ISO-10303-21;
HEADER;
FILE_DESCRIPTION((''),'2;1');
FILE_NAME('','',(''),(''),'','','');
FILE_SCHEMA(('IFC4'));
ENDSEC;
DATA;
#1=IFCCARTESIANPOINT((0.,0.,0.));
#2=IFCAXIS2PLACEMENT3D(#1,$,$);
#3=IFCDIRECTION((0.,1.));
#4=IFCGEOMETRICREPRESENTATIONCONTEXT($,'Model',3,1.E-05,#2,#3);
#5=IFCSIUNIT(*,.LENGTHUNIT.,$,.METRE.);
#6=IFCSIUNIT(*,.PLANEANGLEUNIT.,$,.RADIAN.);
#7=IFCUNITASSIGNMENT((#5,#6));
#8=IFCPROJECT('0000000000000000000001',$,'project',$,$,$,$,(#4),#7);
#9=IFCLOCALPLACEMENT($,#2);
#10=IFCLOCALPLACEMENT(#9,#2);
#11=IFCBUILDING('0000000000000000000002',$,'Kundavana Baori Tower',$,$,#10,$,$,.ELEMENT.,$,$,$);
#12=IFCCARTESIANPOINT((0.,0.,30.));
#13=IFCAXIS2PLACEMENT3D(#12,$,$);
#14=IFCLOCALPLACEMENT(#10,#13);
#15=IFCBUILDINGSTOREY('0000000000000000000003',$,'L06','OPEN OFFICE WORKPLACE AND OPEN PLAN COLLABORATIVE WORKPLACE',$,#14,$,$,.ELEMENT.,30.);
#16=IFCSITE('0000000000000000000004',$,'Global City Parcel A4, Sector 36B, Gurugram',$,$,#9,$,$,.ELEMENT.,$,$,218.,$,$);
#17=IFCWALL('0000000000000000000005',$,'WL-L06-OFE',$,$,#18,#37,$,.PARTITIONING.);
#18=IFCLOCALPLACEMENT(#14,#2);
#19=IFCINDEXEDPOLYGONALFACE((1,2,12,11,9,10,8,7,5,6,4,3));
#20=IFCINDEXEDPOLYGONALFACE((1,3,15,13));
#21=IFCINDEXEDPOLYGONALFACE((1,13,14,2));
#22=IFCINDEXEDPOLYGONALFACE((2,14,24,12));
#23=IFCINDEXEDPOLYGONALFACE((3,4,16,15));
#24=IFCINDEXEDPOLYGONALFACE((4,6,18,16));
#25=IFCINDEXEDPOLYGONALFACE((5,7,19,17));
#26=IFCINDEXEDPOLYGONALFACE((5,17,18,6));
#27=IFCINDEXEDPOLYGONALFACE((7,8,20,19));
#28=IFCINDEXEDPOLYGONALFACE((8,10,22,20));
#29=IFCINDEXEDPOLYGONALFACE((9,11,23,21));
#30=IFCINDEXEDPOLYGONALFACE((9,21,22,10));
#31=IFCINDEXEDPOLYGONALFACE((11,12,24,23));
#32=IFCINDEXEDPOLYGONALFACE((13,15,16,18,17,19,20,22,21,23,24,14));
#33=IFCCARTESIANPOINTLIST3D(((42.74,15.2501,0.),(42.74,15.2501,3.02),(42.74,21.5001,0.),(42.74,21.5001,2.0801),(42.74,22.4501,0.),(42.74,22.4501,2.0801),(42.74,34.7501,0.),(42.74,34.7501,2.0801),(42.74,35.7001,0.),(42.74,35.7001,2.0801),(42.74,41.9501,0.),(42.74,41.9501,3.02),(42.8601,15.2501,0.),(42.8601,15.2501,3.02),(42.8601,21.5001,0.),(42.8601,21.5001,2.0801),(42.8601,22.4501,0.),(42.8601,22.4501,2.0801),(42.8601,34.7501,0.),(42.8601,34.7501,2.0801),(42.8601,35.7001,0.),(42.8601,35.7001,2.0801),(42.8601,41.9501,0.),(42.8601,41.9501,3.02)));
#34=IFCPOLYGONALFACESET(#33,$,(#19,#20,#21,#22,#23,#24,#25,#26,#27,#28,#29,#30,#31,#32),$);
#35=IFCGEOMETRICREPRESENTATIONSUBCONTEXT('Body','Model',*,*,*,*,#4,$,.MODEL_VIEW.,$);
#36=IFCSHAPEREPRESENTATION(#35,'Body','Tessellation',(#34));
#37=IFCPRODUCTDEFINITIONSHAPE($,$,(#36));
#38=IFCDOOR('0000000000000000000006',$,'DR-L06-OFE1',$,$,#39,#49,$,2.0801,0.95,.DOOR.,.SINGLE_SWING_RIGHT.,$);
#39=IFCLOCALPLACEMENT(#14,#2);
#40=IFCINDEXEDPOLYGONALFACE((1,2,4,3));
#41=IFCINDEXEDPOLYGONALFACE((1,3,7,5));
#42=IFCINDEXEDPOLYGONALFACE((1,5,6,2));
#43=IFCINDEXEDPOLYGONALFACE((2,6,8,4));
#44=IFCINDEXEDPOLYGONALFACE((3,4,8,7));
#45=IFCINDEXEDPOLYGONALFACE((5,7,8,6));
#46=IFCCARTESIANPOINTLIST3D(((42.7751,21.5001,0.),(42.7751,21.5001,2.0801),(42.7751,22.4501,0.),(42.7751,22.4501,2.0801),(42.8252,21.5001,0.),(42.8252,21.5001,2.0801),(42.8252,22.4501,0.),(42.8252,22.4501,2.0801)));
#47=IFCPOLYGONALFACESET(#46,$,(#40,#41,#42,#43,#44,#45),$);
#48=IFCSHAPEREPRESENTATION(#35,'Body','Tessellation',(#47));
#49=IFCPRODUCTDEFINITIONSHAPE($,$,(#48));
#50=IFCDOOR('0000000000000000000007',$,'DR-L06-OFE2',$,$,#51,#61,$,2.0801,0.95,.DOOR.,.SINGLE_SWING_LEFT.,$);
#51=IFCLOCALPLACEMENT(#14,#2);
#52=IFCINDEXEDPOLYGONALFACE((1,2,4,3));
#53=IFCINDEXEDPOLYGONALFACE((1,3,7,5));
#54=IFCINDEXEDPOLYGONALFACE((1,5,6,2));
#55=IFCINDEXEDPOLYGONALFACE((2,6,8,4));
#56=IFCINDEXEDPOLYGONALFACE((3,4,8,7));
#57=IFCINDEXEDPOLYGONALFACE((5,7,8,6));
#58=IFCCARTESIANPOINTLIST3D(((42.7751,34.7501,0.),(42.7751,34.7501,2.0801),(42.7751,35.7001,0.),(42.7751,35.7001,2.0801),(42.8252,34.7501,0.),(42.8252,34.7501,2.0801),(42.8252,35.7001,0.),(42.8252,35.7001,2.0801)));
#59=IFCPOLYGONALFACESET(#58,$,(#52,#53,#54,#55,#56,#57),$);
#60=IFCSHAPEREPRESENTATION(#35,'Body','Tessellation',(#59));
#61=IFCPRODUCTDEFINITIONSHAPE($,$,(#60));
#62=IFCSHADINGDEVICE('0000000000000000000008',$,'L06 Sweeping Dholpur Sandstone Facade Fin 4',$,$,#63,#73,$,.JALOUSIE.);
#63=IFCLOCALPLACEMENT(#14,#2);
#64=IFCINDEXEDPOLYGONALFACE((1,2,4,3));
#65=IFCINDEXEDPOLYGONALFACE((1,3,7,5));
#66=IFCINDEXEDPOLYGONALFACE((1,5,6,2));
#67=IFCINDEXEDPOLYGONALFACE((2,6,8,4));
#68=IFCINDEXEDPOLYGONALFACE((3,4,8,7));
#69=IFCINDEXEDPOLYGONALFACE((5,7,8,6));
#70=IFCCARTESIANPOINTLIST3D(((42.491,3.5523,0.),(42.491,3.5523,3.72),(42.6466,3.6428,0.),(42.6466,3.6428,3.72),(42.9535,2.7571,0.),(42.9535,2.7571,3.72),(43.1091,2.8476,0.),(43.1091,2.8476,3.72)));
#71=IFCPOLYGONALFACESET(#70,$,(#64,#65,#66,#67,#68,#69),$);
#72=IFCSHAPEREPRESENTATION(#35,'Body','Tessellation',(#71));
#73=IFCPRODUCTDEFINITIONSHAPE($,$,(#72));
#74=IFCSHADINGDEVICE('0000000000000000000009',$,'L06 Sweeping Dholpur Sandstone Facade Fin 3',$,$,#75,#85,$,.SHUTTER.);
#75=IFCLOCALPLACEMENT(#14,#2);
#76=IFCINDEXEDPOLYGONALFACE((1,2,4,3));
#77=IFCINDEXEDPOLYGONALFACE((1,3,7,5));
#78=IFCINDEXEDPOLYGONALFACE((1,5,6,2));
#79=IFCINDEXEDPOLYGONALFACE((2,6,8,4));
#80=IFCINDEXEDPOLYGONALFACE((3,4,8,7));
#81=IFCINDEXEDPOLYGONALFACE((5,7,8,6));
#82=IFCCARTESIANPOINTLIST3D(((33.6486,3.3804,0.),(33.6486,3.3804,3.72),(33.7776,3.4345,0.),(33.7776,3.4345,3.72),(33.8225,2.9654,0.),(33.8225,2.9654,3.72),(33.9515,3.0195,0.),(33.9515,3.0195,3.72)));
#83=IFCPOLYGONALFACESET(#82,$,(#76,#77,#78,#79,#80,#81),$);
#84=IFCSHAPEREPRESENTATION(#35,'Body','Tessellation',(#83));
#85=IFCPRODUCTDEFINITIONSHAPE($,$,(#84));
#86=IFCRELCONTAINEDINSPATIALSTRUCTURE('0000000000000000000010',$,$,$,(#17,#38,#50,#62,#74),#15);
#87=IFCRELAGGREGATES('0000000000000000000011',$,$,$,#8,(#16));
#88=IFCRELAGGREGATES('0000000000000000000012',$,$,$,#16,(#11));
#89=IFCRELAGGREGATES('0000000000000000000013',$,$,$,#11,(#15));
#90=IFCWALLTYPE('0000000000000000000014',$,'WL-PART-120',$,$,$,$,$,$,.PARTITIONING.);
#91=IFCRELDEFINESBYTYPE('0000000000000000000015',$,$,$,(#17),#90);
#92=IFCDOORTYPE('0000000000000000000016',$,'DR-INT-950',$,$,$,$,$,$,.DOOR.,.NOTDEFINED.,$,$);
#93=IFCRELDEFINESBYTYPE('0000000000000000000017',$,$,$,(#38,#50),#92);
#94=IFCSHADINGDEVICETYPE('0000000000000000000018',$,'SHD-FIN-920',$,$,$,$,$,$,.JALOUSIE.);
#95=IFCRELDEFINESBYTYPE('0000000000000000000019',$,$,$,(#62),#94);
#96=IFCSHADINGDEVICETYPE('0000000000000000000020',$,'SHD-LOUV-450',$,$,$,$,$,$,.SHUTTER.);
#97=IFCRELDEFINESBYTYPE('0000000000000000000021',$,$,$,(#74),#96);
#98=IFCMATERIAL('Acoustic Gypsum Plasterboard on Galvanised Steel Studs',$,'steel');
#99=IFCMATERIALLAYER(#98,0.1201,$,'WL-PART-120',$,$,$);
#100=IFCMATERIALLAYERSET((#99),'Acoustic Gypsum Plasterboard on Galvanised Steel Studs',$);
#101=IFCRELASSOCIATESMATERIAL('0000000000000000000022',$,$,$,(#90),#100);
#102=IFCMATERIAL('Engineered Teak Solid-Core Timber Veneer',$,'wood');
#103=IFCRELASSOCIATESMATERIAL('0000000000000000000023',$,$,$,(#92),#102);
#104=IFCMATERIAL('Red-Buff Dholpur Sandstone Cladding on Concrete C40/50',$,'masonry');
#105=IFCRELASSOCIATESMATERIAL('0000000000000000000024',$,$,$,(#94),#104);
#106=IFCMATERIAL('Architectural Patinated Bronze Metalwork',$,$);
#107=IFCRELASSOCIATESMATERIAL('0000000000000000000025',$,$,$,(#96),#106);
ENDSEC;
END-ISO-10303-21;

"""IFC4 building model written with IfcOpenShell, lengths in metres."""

from ifc_helpers import new_model, si_unit, direction, frame, frame_2d, origin, origin_2d, place, context, subcontext, project, spatial, rectangle, extrude, material, layer, layer_set, type_object, element, fill, save


model = new_model("IFC4")

# Units and contexts
model_context = context("Model", 3, precision=1e-05, world=origin(), true_north=direction((0.0, 1.0)))
body_context = subcontext(model_context, "Body", "Model", "MODEL_VIEW")
ifc_project = project(units=[si_unit("LENGTHUNIT", "METRE"), si_unit("PLANEANGLEUNIT", "RADIAN")], contexts=[model_context])

# Site, building, storey
site_placement = place(None, origin())
site = spatial("IfcSite", under=ifc_project, at=site_placement, Name="Global City Parcel A4, Sector 36B, Gurugram", CompositionType="ELEMENT", RefElevation=218.0)
building_placement = place(site_placement, origin())
building = spatial("IfcBuilding", under=site, at=building_placement, Name="Kundavana Baori Tower", CompositionType="ELEMENT")
storey_placement = place(building_placement, frame((0.0, 0.0, 30.0)))
storey = spatial("IfcBuildingStorey", under=building, at=storey_placement, Name="L06", Description="OPEN OFFICE WORKPLACE AND OPEN PLAN COLLABORATIVE WORKPLACE", CompositionType="ELEMENT", Elevation=30.0)

# Shared definitions
ifc_material_1 = material(Name="Acoustic Gypsum Plasterboard on Galvanised Steel Studs", Category="steel")
ifc_layer_1 = layer(ifc_material_1, 0.1201, Name="WL-PART-120")
ifc_layer_set_1 = layer_set([ifc_layer_1], Name="Acoustic Gypsum Plasterboard on Galvanised Steel Studs")
wall_type_1 = type_object("IfcWallType", Name="WL-PART-120", PredefinedType="PARTITIONING", material=ifc_layer_set_1)

# Wall, openings, doors
wall_1_placement = place(storey_placement, frame((42.8, 15.25, 0.0), z_axis=(0.0, 0.0, 1.0), x_axis=(0.0, 1.0, 0.0)))
wall_1 = element("IfcWall", 1, at=wall_1_placement, inside=storey, type_object=wall_type_1, Name="WL-L06-OFE", PredefinedType="PARTITIONING", context=body_context, shape_type="SweptSolid", body=[
    extrude(rectangle(XDim=26.7, YDim=0.1201, at=frame_2d((13.3501, 0.0))), origin(), (0.0, 0.0, 1.0), 3.02),
])
opening_1_placement = place(wall_1_placement, frame((6.25, 0.0, 0.0)))
opening_1 = element("IfcOpeningElement", 2, at=opening_1_placement, cuts=wall_1, PredefinedType="OPENING", context=body_context, shape_type="SweptSolid", body=[
    extrude(rectangle(XDim=0.95, YDim=2.0801, at=frame_2d((0.4751, 1.04))), frame((0.0, 0.0701, 0.0), z_axis=(0.0, -1.0, 0.0), x_axis=(1.0, 0.0, 0.0)), (0.0, 0.0, 1.0), 0.1401),
])
opening_2_placement = place(wall_1_placement, frame((19.5, 0.0, 0.0)))
opening_2 = element("IfcOpeningElement", 3, at=opening_2_placement, cuts=wall_1, PredefinedType="OPENING", context=body_context, shape_type="SweptSolid", body=[
    extrude(rectangle(XDim=0.95, YDim=2.0801, at=frame_2d((0.4751, 1.04))), frame((0.0, 0.0701, 0.0), z_axis=(0.0, -1.0, 0.0), x_axis=(1.0, 0.0, 0.0)), (0.0, 0.0, 1.0), 0.1401),
])
ifc_material_2 = material(Name="Engineered Teak Solid-Core Timber Veneer", Category="wood")
door_type_1 = type_object("IfcDoorType", Name="DR-INT-950", OperationType="NOTDEFINED", PredefinedType="DOOR", material=ifc_material_2)
door_1_placement = place(opening_1_placement, origin())
door_1 = element("IfcDoor", 4, at=door_1_placement, inside=storey, type_object=door_type_1, Name="DR-L06-OFE1", OperationType="SINGLE_SWING_RIGHT", OverallHeight=2.0801, OverallWidth=0.95, PredefinedType="DOOR", context=body_context, shape_type="SweptSolid", body=[
    extrude(rectangle(XDim=0.95, YDim=2.0801, at=frame_2d((0.4751, 1.04))), frame((0.0, 0.0249, 0.0), z_axis=(0.0, -1.0, 0.0), x_axis=(1.0, 0.0, 0.0)), (0.0, 0.0, 1.0), 0.05),
])
fill(opening_1, door_1)
door_2_placement = place(opening_2_placement, origin())
door_2 = element("IfcDoor", 5, at=door_2_placement, inside=storey, type_object=door_type_1, Name="DR-L06-OFE2", OperationType="SINGLE_SWING_LEFT", OverallHeight=2.0801, OverallWidth=0.95, PredefinedType="DOOR", context=body_context, shape_type="SweptSolid", body=[
    extrude(rectangle(XDim=0.95, YDim=2.0801, at=frame_2d((0.4751, 1.04))), frame((0.0, 0.0249, 0.0), z_axis=(0.0, -1.0, 0.0), x_axis=(1.0, 0.0, 0.0)), (0.0, 0.0, 1.0), 0.05),
])
fill(opening_2, door_2)

# Shading devices
ifc_material_3 = material(Name="Red-Buff Dholpur Sandstone Cladding on Concrete C40/50", Category="masonry")
shading_device_type_1 = type_object("IfcShadingDeviceType", Name="SHD-FIN-920", PredefinedType="JALOUSIE", material=ifc_material_3)
shading_device_1_placement = place(storey_placement, frame((42.8, 3.2, 0.0), z_axis=(0.0, 0.0, 1.0), x_axis=(0.86445, 0.502718, 0.0)))
element("IfcShadingDevice", 6, at=shading_device_1_placement, inside=storey, type_object=shading_device_type_1, Name="L06 Sweeping Dholpur Sandstone Facade Fin 4", PredefinedType="JALOUSIE", context=body_context, shape_type="SweptSolid", body=[
    extrude(rectangle(XDim=0.1799, YDim=0.9199, at=origin_2d()), origin(), (0.0, 0.0, 1.0), 3.72),
])
ifc_material_4 = material(Name="Architectural Patinated Bronze Metalwork")
shading_device_type_2 = type_object("IfcShadingDeviceType", Name="SHD-LOUV-450", PredefinedType="SHUTTER", material=ifc_material_4)
shading_device_2_placement = place(storey_placement, frame((33.8, 3.2, 0.0), z_axis=(0.0, 0.0, 1.0), x_axis=(0.922268, 0.38655, 0.0)))
element("IfcShadingDevice", 7, at=shading_device_2_placement, inside=storey, type_object=shading_device_type_2, Name="L06 Sweeping Dholpur Sandstone Facade Fin 3", PredefinedType="SHUTTER", context=body_context, shape_type="SweptSolid", body=[
    extrude(rectangle(XDim=0.1399, YDim=0.45, at=origin_2d()), origin(), (0.0, 0.0, 1.0), 3.72),
])

save(model, "model.ifc")
